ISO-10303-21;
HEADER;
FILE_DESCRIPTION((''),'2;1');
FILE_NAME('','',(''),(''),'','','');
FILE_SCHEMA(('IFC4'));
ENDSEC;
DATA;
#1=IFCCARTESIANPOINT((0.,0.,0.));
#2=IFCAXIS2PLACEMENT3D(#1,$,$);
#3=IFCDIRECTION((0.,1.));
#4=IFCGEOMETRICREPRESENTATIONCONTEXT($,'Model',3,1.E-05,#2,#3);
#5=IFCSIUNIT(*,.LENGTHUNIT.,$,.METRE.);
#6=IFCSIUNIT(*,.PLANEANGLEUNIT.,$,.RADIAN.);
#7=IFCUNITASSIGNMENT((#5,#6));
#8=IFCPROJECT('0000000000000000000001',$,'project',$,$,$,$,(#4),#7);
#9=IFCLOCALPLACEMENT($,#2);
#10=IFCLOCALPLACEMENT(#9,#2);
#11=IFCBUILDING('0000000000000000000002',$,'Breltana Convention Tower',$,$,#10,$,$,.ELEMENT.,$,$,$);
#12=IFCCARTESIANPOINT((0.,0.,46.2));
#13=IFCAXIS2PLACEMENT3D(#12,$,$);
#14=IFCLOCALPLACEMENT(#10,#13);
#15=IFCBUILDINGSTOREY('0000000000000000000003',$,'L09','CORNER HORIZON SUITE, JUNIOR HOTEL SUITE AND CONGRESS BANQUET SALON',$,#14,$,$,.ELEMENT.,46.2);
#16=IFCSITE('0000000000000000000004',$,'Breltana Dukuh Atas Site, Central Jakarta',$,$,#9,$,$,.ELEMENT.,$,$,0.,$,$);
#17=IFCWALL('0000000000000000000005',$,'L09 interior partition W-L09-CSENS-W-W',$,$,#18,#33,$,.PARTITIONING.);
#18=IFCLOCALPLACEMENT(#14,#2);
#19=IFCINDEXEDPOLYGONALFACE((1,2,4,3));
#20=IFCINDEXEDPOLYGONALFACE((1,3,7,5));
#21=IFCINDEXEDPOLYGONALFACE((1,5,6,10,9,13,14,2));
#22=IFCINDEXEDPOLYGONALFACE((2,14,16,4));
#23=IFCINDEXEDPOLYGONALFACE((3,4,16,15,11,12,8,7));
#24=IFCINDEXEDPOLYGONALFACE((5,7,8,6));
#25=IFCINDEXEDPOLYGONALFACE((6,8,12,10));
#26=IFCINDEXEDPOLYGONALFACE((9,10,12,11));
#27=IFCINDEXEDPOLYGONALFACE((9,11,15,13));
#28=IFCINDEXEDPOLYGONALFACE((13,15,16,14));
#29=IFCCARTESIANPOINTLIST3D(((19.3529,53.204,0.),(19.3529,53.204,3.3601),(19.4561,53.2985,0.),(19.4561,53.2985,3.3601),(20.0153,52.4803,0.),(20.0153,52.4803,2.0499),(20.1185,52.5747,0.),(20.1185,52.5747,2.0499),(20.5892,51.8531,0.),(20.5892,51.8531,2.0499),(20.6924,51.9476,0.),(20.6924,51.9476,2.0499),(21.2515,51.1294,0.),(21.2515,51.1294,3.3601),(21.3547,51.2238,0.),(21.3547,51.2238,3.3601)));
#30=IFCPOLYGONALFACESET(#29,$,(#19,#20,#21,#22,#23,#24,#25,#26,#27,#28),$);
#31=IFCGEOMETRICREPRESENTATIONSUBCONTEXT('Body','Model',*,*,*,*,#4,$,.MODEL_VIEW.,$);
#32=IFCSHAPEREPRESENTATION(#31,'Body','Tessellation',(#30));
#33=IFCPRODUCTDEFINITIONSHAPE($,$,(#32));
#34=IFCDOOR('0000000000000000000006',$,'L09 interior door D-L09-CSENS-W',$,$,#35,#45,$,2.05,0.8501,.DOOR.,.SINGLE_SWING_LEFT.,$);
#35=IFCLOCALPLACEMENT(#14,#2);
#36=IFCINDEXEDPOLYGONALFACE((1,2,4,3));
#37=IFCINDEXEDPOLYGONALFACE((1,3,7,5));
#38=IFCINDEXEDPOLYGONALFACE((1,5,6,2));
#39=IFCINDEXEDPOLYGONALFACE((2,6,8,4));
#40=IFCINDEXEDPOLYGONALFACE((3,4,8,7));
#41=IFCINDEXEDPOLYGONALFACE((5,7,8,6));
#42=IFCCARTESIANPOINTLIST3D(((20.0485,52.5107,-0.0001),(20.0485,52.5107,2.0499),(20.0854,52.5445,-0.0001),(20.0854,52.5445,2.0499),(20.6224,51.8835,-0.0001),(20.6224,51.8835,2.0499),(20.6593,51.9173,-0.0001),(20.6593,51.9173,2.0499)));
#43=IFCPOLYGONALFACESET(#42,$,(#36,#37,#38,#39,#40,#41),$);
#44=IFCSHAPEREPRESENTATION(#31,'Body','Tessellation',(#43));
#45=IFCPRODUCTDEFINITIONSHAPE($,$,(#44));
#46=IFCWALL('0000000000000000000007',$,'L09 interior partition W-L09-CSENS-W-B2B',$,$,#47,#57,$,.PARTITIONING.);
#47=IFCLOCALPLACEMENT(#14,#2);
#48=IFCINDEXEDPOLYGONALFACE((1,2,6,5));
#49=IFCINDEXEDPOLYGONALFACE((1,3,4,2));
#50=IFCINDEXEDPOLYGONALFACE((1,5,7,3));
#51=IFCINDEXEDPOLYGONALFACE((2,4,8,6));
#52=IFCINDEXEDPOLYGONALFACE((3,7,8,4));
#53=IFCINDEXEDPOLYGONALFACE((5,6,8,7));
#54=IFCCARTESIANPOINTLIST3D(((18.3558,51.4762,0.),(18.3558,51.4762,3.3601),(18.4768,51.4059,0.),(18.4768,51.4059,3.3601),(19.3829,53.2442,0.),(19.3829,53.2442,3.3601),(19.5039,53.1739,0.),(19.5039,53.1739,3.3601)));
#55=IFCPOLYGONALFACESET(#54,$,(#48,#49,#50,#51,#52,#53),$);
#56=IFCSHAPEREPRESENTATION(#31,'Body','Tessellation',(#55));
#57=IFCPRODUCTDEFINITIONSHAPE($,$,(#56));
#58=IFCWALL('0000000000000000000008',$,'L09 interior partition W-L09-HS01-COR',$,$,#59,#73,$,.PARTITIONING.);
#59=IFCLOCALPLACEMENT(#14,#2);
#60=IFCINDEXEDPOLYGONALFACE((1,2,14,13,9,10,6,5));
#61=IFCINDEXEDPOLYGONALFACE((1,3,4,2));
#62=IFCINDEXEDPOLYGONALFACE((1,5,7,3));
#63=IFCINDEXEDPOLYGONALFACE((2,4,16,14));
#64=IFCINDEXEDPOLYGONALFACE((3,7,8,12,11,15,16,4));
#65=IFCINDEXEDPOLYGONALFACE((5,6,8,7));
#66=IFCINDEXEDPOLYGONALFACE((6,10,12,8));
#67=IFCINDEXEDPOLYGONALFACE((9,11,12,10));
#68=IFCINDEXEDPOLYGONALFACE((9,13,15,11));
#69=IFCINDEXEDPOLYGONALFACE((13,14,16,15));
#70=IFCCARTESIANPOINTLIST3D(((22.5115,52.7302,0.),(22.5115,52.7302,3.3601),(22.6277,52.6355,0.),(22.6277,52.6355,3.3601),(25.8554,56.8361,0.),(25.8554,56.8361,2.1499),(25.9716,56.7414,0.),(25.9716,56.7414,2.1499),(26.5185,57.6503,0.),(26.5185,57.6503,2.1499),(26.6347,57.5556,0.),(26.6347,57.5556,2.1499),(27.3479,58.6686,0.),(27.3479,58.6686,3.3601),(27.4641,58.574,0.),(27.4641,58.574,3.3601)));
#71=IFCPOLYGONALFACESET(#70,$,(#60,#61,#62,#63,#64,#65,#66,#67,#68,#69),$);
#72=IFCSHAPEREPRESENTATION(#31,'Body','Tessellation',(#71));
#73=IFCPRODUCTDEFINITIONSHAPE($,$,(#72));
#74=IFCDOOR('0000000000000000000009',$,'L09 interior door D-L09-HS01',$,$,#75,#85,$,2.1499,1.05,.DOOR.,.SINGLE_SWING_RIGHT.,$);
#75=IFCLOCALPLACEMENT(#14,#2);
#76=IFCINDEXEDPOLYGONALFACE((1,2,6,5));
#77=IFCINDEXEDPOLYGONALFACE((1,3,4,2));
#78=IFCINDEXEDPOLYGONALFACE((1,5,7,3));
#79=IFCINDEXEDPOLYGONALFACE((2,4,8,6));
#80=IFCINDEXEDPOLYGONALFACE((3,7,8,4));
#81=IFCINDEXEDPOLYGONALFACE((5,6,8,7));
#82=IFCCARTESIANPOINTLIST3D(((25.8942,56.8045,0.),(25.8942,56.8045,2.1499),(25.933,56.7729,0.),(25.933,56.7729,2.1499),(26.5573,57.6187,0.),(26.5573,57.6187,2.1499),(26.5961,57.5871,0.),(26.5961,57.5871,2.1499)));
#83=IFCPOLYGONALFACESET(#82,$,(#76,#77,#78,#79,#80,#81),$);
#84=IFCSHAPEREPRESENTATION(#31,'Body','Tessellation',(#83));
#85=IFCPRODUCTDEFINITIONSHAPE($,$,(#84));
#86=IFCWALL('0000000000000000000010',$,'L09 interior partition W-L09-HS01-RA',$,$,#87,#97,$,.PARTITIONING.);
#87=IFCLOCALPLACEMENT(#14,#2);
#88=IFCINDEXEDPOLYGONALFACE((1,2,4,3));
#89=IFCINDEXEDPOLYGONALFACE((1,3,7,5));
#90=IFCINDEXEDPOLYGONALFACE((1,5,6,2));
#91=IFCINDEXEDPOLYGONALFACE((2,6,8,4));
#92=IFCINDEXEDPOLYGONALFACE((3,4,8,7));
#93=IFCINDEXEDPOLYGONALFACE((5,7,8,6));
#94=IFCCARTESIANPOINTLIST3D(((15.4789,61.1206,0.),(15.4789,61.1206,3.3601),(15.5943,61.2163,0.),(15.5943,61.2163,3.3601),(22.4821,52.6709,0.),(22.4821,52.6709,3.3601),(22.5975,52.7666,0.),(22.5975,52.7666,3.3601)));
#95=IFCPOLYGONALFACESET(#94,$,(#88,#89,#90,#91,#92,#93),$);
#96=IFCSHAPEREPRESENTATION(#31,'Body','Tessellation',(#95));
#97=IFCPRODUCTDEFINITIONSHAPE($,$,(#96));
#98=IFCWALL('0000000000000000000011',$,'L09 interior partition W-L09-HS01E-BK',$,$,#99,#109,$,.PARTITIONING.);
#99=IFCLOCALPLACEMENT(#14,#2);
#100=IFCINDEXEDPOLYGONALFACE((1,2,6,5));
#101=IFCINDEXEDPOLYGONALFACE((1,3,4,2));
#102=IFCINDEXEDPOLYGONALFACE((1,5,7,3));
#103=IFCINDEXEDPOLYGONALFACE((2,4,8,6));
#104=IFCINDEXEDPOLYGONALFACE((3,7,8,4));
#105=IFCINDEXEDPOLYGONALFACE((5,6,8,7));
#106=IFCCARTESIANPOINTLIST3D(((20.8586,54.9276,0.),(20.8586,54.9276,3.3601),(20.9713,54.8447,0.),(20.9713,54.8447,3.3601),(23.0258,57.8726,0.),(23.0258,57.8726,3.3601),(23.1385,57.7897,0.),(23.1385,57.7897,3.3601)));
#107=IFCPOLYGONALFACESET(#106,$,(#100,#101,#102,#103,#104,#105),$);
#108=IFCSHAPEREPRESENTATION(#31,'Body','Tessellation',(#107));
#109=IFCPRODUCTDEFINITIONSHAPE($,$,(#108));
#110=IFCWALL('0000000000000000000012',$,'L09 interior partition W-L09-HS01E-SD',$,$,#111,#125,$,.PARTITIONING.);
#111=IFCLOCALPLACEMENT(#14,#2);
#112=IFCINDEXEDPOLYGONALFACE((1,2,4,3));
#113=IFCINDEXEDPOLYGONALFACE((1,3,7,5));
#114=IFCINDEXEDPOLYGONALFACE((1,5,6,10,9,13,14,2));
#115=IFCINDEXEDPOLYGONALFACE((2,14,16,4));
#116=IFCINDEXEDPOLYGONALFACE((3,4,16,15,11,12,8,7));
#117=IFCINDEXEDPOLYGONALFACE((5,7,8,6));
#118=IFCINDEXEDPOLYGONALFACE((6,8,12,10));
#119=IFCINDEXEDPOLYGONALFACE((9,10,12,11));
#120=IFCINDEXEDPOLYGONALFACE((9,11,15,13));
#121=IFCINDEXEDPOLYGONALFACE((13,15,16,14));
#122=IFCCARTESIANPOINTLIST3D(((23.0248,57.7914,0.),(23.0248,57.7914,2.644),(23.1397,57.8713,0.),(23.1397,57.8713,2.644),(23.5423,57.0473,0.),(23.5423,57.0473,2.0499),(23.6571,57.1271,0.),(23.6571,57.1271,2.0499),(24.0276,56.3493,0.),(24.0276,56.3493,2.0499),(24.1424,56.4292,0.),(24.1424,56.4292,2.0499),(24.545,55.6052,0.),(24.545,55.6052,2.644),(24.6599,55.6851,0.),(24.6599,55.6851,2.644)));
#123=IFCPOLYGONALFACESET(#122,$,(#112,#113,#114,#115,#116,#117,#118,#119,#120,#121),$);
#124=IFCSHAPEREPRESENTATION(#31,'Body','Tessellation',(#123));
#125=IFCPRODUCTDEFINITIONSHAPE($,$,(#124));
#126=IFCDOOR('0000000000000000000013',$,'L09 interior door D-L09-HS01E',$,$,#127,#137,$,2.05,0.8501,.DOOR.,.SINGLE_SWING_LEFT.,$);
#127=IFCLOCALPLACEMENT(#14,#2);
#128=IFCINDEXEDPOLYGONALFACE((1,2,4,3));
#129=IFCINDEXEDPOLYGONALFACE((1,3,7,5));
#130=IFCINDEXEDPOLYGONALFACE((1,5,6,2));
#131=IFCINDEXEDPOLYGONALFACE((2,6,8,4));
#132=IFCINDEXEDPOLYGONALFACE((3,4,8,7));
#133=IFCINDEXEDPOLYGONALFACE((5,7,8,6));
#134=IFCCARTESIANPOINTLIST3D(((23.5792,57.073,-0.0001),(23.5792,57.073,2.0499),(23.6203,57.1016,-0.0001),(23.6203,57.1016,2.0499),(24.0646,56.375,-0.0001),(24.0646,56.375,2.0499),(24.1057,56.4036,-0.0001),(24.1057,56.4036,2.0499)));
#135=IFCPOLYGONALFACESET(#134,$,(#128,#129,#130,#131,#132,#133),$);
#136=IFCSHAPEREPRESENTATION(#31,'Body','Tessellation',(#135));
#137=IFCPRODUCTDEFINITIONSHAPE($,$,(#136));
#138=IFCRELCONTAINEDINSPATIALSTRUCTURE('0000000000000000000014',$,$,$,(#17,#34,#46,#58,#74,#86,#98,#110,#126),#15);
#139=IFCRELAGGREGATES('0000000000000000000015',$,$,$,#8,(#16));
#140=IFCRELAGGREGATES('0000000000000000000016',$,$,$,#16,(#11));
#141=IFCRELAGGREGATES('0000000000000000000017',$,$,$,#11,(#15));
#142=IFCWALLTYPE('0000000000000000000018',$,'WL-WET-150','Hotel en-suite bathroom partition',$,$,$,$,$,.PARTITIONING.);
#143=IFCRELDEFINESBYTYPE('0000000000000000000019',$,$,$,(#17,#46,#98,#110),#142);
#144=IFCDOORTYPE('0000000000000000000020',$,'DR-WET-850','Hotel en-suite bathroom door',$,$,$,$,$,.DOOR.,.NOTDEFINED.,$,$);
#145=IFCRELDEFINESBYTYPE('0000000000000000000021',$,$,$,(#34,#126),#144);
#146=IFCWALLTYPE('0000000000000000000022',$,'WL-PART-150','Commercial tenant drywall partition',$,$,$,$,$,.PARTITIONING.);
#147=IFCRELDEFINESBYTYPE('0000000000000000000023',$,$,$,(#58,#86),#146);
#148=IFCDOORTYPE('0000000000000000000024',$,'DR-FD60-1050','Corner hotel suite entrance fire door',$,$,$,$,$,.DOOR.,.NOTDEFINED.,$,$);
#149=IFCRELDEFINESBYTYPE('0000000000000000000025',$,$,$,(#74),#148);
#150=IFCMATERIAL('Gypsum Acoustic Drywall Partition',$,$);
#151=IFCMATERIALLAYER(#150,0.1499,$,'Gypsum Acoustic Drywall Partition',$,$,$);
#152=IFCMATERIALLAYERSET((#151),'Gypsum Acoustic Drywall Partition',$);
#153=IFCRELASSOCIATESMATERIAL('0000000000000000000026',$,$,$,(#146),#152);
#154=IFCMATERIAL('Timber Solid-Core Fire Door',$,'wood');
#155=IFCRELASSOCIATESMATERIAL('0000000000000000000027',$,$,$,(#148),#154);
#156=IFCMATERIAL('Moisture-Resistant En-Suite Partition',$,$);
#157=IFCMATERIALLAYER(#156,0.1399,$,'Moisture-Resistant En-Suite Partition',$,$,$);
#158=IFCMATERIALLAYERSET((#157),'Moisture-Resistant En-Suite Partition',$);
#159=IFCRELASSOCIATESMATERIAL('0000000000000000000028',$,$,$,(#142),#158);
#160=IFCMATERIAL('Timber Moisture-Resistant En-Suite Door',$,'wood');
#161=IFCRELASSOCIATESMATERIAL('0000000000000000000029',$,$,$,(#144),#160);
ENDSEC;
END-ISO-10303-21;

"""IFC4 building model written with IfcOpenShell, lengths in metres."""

from ifc_helpers import new_model, si_unit, direction, frame, frame_2d, origin, place, context, subcontext, project, spatial, rectangle, extrude, source, transform, mapped, material, layer, layer_set, type_object, type_shapes, element, fill, save


model = new_model("IFC4")

# Units and contexts
model_context = context("Model", 3, precision=1e-05, world=origin(), true_north=direction((0.0, 1.0)))
body_context = subcontext(model_context, "Body", "Model", "MODEL_VIEW")
ifc_project = project(units=[si_unit("LENGTHUNIT", "METRE"), si_unit("PLANEANGLEUNIT", "RADIAN")], contexts=[model_context])

# Site, building, storey
site_placement = place(None, origin())
site = spatial("IfcSite", under=ifc_project, at=site_placement, Name="Breltana Dukuh Atas Site, Central Jakarta", CompositionType="ELEMENT", RefElevation=0.0)
building_placement = place(site_placement, origin())
building = spatial("IfcBuilding", under=site, at=building_placement, Name="Breltana Convention Tower", CompositionType="ELEMENT")
storey_placement = place(building_placement, frame((0.0, 0.0, 46.2)))
storey = spatial("IfcBuildingStorey", under=building, at=storey_placement, Name="L09", Description="CORNER HORIZON SUITE, JUNIOR HOTEL SUITE AND CONGRESS BANQUET SALON", CompositionType="ELEMENT", Elevation=46.2)

# Shared definitions
ifc_material_1 = material(Name="Gypsum Acoustic Drywall Partition")
ifc_layer_1 = layer(ifc_material_1, 0.1499, Name="Gypsum Acoustic Drywall Partition")
ifc_layer_set_1 = layer_set([ifc_layer_1], Name="Gypsum Acoustic Drywall Partition")
wall_type_1 = type_object("IfcWallType", Name="WL-PART-150", Description="Commercial tenant drywall partition", PredefinedType="PARTITIONING", material=ifc_layer_set_1)

# Wall, opening, door
ifc_material_2 = material(Name="Timber Solid-Core Fire Door", Category="wood")
door_type_1 = type_object("IfcDoorType", Name="DR-FD60-1050", Description="Corner hotel suite entrance fire door", OperationType="NOTDEFINED", PredefinedType="DOOR", material=ifc_material_2)
shared_shape_1 = source(origin(), body_context, "Body", "SweptSolid", [
    extrude(rectangle(XDim=1.05, YDim=2.1499, at=frame_2d((0.5249, 1.075))), frame((0.0, 0.0249, 0.0), z_axis=(0.0, -1.0, 0.0), x_axis=(1.0, 0.0, 0.0)), (0.0, 0.0, 1.0), 0.05),
])
type_shapes(door_type_1, [shared_shape_1])
ifc_material_3 = material(Name="Moisture-Resistant En-Suite Partition")
ifc_layer_2 = layer(ifc_material_3, 0.1399, Name="Moisture-Resistant En-Suite Partition")
ifc_layer_set_2 = layer_set([ifc_layer_2], Name="Moisture-Resistant En-Suite Partition")
wall_type_2 = type_object("IfcWallType", Name="WL-WET-150", Description="Hotel en-suite bathroom partition", PredefinedType="PARTITIONING", material=ifc_layer_set_2)
shared_shape_2 = source(origin(), body_context, "Body", "SweptSolid", [
    extrude(rectangle(XDim=2.8123, YDim=0.1399, at=frame_2d((1.4062, 0.0))), origin(), (0.0, 0.0, 1.0), 3.3601),
])
wall_1_placement = place(storey_placement, frame((21.3032, 51.1765, 0.0), z_axis=(0.0, 0.0, 1.0), x_axis=(-0.675119, 0.737709, 0.0)))
wall_1 = element("IfcWall", 1, at=wall_1_placement, inside=storey, type_object=wall_type_2, Name="L09 interior partition W-L09-CSENS-W-W", PredefinedType="PARTITIONING", context=body_context, shape_type="MappedRepresentation", body=[
    mapped(shared_shape_2, transform((0.0, 0.0, 0.0), scale=1.0)),
])
opening_1_placement = place(wall_1_placement, frame((0.9812, 0.0, 0.0)))
opening_1 = element("IfcOpeningElement", 2, at=opening_1_placement, cuts=wall_1, PredefinedType="OPENING", context=body_context, shape_type="SweptSolid", body=[
    extrude(rectangle(XDim=0.8501, YDim=2.05, at=frame_2d((0.425, 1.0249))), frame((0.0, 0.0801, 0.0), z_axis=(0.0, -1.0, 0.0), x_axis=(1.0, 0.0, 0.0)), (0.0, 0.0, 1.0), 0.1599),
])
ifc_material_4 = material(Name="Timber Moisture-Resistant En-Suite Door", Category="wood")
door_type_2 = type_object("IfcDoorType", Name="DR-WET-850", Description="Hotel en-suite bathroom door", OperationType="NOTDEFINED", PredefinedType="DOOR", material=ifc_material_4)
shared_shape_3 = source(origin(), body_context, "Body", "SweptSolid", [
    extrude(rectangle(XDim=0.8501, YDim=2.05, at=frame_2d((0.425, 1.0249))), frame((0.0, 0.0249, 0.0), z_axis=(0.0, -1.0, 0.0), x_axis=(1.0, 0.0, 0.0)), (0.0, 0.0, 1.0), 0.05),
])
type_shapes(door_type_2, [shared_shape_3])
door_1_placement = place(opening_1_placement, origin())
door_1 = element("IfcDoor", 3, at=door_1_placement, inside=storey, type_object=door_type_2, Name="L09 interior door D-L09-CSENS-W", OperationType="SINGLE_SWING_LEFT", OverallHeight=2.05, OverallWidth=0.8501, PredefinedType="DOOR", context=body_context, shape_type="MappedRepresentation", body=[
    mapped(shared_shape_3, transform((0.0, 0.0, 0.0), scale=1.0)),
])
fill(opening_1, door_1)

# Wall
shared_shape_4 = source(origin(), body_context, "Body", "SweptSolid", [
    extrude(rectangle(XDim=2.0447, YDim=0.1399, at=frame_2d((1.0225, 0.0))), origin(), (0.0, 0.0, 1.0), 3.3601),
])
wall_2_placement = place(storey_placement, frame((18.4163, 51.4409, 0.0), z_axis=(0.0, 0.0, 1.0), x_axis=(0.502311, 0.864687, 0.0)))
element("IfcWall", 4, at=wall_2_placement, inside=storey, type_object=wall_type_2, Name="L09 interior partition W-L09-CSENS-W-B2B", PredefinedType="PARTITIONING", context=body_context, shape_type="MappedRepresentation", body=[
    mapped(shared_shape_4, transform((0.0, 0.0, 0.0), scale=1.0)),
])

# Wall, opening, door
shared_shape_5 = source(origin(), body_context, "Body", "SweptSolid", [
    extrude(rectangle(XDim=7.6587, YDim=0.1499, at=frame_2d((3.8293, 0.0))), origin(), (0.0, 0.0, 1.0), 3.3601),
])
wall_3_placement = place(storey_placement, frame((22.5696, 52.6829, 0.0), z_axis=(0.0, 0.0, 1.0), x_axis=(0.63149, 0.775384, 0.0)))
wall_3 = element("IfcWall", 5, at=wall_3_placement, inside=storey, type_object=wall_type_1, Name="L09 interior partition W-L09-HS01-COR", PredefinedType="PARTITIONING", context=body_context, shape_type="MappedRepresentation", body=[
    mapped(shared_shape_5, transform((0.0, 0.0, 0.0), scale=1.0)),
])
opening_2_placement = place(wall_3_placement, frame((5.2954, 0.0, 0.0)))
opening_2 = element("IfcOpeningElement", 6, at=opening_2_placement, cuts=wall_3, PredefinedType="OPENING", context=body_context, shape_type="SweptSolid", body=[
    extrude(rectangle(XDim=1.05, YDim=2.1499, at=frame_2d((0.5249, 1.075))), frame((0.0, 0.085, 0.0), z_axis=(0.0, -1.0, 0.0), x_axis=(1.0, 0.0, 0.0)), (0.0, 0.0, 1.0), 0.1699),
])
door_2_placement = place(opening_2_placement, origin())
door_2 = element("IfcDoor", 7, at=door_2_placement, inside=storey, type_object=door_type_1, Name="L09 interior door D-L09-HS01", OperationType="SINGLE_SWING_RIGHT", OverallHeight=2.1499, OverallWidth=1.05, PredefinedType="DOOR", context=body_context, shape_type="MappedRepresentation", body=[
    mapped(shared_shape_1, transform((0.0, 0.0, 0.0), scale=1.0)),
])
fill(opening_2, door_2)

# Walls
shared_shape_6 = source(origin(), body_context, "Body", "SweptSolid", [
    extrude(rectangle(XDim=10.9746, YDim=0.1499, at=frame_2d((5.4873, 0.0))), origin(), (0.0, 0.0, 1.0), 3.3601),
])
wall_4_placement = place(storey_placement, frame((22.5398, 52.7188, 0.0), z_axis=(0.0, 0.0, 1.0), x_axis=(-0.638125, 0.769933, 0.0)))
element("IfcWall", 8, at=wall_4_placement, inside=storey, type_object=wall_type_1, Name="L09 interior partition W-L09-HS01-RA", PredefinedType="PARTITIONING", context=body_context, shape_type="MappedRepresentation", body=[
    mapped(shared_shape_6, transform((0.0, 0.0, 0.0), scale=1.0)),
])
shared_shape_7 = source(origin(), body_context, "Body", "SweptSolid", [
    extrude(rectangle(XDim=3.6565, YDim=0.1399, at=frame_2d((1.8281, 0.0))), origin(), (0.0, 0.0, 1.0), 3.3601),
])
wall_5_placement = place(storey_placement, frame((20.915, 54.8862, 0.0), z_axis=(0.0, 0.0, 1.0), x_axis=(0.5927, 0.805423, 0.0)))
element("IfcWall", 9, at=wall_5_placement, inside=storey, type_object=wall_type_2, Name="L09 interior partition W-L09-HS01E-BK", PredefinedType="PARTITIONING", context=body_context, shape_type="MappedRepresentation", body=[
    mapped(shared_shape_7, transform((0.0, 0.0, 0.0), scale=1.0)),
])

# Wall, opening, door
shared_shape_8 = source(origin(), body_context, "Body", "SweptSolid", [
    extrude(rectangle(XDim=2.6628, YDim=0.1399, at=frame_2d((1.3315, 0.0))), origin(), (0.0, 0.0, 1.0), 2.644),
])
wall_6_placement = place(storey_placement, frame((24.6025, 55.645, 0.0), z_axis=(0.0, 0.0, 1.0), x_axis=(-0.570906, 0.821015, 0.0)))
wall_6 = element("IfcWall", 10, at=wall_6_placement, inside=storey, type_object=wall_type_2, Name="L09 interior partition W-L09-HS01E-SD", PredefinedType="PARTITIONING", context=body_context, shape_type="MappedRepresentation", body=[
    mapped(shared_shape_8, transform((0.0, 0.0, 0.0), scale=1.0)),
])
opening_3_placement = place(wall_6_placement, frame((0.9065, 0.0, 0.0)))
opening_3 = element("IfcOpeningElement", 11, at=opening_3_placement, cuts=wall_6, PredefinedType="OPENING", context=body_context, shape_type="SweptSolid", body=[
    extrude(rectangle(XDim=0.8501, YDim=2.05, at=frame_2d((0.425, 1.0249))), frame((0.0, 0.0801, 0.0), z_axis=(0.0, -1.0, 0.0), x_axis=(1.0, 0.0, 0.0)), (0.0, 0.0, 1.0), 0.1599),
])
door_3_placement = place(opening_3_placement, origin())
door_3 = element("IfcDoor", 12, at=door_3_placement, inside=storey, type_object=door_type_2, Name="L09 interior door D-L09-HS01E", OperationType="SINGLE_SWING_LEFT", OverallHeight=2.05, OverallWidth=0.8501, PredefinedType="DOOR", context=body_context, shape_type="MappedRepresentation", body=[
    mapped(shared_shape_3, transform((0.0, 0.0, 0.0), scale=1.0)),
])
fill(opening_3, door_3)

save(model, "model.ifc")
